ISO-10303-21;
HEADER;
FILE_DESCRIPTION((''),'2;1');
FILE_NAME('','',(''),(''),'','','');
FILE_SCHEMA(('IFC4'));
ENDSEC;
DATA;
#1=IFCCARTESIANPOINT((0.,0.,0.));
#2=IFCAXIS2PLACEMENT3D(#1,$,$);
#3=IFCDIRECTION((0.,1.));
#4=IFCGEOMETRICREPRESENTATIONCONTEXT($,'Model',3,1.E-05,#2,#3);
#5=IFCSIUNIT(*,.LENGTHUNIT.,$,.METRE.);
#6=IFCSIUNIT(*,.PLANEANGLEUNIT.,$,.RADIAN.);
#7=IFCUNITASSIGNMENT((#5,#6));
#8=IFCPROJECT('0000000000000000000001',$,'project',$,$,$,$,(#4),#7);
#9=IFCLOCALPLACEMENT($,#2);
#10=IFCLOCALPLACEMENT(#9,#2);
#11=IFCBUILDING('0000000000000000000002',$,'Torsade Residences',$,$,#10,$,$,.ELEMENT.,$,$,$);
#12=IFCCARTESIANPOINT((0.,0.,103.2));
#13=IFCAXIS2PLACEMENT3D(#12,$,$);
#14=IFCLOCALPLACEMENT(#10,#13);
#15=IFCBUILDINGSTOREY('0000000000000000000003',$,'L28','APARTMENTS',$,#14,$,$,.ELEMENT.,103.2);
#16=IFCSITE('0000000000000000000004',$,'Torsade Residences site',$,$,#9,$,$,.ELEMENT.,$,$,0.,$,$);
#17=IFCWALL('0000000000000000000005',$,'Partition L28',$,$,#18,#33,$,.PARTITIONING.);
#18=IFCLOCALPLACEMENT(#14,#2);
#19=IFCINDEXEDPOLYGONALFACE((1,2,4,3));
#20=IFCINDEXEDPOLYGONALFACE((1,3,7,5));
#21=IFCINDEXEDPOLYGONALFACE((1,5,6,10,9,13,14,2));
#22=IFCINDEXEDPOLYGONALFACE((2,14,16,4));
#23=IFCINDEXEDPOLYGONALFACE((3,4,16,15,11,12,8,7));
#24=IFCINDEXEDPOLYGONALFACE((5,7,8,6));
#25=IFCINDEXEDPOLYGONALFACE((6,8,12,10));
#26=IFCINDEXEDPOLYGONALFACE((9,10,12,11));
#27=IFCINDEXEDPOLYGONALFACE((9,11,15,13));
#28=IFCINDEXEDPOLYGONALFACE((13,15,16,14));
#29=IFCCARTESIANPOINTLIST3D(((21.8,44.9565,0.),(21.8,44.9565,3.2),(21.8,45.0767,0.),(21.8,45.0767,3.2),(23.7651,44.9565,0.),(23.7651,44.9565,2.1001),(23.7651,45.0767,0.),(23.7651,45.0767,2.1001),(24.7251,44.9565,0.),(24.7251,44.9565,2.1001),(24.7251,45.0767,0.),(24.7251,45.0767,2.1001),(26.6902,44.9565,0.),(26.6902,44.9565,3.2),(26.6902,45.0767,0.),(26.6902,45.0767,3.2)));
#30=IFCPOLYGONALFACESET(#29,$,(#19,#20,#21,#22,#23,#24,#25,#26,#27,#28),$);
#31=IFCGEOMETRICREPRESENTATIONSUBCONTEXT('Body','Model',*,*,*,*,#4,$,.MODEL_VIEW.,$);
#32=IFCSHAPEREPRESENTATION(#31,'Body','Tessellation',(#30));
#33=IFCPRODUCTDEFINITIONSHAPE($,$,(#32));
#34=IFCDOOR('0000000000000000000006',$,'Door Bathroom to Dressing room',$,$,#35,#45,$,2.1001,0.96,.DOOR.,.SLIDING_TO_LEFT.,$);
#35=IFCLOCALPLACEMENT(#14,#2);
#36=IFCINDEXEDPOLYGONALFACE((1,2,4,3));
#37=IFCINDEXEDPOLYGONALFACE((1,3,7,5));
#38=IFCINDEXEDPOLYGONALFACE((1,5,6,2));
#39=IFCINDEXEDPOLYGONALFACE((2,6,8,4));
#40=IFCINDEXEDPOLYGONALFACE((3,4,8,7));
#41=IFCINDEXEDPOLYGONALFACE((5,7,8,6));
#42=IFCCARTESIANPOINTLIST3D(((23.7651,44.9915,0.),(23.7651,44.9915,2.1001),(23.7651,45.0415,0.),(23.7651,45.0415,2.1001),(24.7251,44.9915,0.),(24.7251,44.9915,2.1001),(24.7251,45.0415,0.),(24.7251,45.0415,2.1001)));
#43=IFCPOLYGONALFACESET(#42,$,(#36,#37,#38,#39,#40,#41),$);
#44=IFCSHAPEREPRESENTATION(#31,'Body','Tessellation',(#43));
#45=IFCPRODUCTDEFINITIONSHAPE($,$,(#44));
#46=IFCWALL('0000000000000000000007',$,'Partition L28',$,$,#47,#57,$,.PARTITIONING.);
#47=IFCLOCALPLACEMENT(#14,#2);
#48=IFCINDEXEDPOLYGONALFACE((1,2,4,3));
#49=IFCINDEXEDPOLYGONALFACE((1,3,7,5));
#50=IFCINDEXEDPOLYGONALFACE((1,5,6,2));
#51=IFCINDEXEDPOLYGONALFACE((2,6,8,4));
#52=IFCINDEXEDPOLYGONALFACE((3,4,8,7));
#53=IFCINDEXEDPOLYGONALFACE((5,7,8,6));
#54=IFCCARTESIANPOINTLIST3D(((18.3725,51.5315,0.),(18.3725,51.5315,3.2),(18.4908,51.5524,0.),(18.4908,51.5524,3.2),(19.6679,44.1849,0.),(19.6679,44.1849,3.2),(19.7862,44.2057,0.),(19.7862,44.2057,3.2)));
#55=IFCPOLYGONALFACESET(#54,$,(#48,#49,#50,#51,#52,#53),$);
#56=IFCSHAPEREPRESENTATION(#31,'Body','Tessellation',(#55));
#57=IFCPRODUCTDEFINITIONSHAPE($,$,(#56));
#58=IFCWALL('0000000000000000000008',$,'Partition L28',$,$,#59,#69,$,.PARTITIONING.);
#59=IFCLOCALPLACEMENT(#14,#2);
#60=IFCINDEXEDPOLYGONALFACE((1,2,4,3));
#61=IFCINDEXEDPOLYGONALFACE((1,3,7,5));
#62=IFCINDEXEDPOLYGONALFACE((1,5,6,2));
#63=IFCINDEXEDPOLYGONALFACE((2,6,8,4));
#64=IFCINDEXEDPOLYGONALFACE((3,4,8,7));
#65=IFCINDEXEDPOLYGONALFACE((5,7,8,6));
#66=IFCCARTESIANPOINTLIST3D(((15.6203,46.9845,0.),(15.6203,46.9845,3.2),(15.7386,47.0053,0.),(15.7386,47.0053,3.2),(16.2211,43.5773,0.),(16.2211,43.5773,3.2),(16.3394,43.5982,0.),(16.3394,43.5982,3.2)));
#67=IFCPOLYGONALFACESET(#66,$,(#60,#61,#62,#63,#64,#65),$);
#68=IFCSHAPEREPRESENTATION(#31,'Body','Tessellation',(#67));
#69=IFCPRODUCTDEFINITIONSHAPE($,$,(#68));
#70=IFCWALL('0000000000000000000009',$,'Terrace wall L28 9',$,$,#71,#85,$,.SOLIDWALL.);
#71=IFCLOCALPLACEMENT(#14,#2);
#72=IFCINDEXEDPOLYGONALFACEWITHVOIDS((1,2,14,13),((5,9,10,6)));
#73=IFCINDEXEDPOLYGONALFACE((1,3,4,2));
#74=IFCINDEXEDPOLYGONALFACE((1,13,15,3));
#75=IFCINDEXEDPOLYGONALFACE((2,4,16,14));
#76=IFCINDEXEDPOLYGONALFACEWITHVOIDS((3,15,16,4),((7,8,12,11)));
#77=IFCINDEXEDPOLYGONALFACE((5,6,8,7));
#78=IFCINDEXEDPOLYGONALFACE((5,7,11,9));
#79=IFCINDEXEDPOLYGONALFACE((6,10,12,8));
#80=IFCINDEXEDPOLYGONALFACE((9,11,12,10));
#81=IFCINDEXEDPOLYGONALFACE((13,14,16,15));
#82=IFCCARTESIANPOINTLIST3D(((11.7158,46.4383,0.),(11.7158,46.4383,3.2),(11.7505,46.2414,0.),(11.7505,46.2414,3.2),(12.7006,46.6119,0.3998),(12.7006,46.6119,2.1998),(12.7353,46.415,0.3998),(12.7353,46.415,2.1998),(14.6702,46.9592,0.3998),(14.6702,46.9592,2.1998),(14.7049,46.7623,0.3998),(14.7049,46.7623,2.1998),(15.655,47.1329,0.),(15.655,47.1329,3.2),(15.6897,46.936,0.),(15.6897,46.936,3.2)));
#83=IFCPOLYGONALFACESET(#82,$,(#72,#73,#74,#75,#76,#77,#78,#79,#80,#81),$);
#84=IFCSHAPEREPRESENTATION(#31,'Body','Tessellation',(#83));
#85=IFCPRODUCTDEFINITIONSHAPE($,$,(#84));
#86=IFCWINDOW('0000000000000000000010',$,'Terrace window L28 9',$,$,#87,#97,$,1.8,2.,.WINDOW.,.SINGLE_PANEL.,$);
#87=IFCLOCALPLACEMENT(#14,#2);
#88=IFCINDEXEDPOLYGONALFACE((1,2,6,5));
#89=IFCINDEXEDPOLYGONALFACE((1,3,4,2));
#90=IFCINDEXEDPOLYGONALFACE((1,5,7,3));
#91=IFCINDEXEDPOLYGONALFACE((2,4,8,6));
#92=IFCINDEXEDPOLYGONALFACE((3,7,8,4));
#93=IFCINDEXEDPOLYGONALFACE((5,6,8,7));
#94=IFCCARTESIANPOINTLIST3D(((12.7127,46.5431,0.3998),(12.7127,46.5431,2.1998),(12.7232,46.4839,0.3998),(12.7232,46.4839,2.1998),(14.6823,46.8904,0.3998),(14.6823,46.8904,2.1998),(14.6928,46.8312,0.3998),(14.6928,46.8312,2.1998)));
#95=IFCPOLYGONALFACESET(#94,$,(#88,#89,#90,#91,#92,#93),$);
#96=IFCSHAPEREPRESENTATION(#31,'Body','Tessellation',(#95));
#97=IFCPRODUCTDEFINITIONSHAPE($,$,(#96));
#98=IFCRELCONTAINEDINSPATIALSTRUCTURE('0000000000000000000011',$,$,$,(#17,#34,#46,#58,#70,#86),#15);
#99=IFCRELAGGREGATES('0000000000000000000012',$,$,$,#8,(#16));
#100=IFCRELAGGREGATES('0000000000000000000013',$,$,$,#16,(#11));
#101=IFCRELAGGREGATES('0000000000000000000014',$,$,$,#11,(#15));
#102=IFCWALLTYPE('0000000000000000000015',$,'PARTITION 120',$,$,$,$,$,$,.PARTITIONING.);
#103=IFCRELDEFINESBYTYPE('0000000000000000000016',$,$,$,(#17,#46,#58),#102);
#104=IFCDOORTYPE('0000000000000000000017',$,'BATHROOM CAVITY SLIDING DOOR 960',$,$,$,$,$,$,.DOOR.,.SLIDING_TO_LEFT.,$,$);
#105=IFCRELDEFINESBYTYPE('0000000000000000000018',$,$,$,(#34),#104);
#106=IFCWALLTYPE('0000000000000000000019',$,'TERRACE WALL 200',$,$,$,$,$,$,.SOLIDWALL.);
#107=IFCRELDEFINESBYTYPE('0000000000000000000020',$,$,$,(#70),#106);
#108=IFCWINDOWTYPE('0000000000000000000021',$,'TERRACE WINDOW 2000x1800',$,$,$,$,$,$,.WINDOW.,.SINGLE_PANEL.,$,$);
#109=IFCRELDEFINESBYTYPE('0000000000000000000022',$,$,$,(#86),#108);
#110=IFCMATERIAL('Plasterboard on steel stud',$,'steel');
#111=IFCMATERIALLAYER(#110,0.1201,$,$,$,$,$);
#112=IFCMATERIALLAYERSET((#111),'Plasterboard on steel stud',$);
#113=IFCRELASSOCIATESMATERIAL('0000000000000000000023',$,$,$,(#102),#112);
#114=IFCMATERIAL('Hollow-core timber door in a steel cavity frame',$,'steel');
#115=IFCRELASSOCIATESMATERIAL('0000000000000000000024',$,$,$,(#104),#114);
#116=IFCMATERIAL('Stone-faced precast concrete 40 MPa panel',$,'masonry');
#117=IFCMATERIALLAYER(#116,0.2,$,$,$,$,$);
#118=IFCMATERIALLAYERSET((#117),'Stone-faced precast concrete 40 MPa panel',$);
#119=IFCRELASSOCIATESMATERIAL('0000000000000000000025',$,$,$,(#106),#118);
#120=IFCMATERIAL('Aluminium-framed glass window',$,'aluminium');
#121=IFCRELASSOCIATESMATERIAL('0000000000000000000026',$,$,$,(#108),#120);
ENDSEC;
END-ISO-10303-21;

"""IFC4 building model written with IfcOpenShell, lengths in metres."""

from ifc_helpers import new_model, si_unit, direction, frame, frame_2d, origin, place, context, subcontext, project, spatial, rectangle, extrude, material, layer, layer_set, type_object, element, fill, save


model = new_model("IFC4")

# Units and contexts
model_context = context("Model", 3, precision=1e-05, world=origin(), true_north=direction((0.0, 1.0)))
body_context = subcontext(model_context, "Body", "Model", "MODEL_VIEW")
ifc_project = project(units=[si_unit("LENGTHUNIT", "METRE"), si_unit("PLANEANGLEUNIT", "RADIAN")], contexts=[model_context])

# Site, building, storey
site_placement = place(None, origin())
site = spatial("IfcSite", under=ifc_project, at=site_placement, Name="Torsade Residences site", CompositionType="ELEMENT", RefElevation=0.0)
building_placement = place(site_placement, origin())
building = spatial("IfcBuilding", under=site, at=building_placement, Name="Torsade Residences", CompositionType="ELEMENT")
storey_placement = place(building_placement, frame((0.0, 0.0, 103.2)))
storey = spatial("IfcBuildingStorey", under=building, at=storey_placement, Name="L28", Description="APARTMENTS", CompositionType="ELEMENT", Elevation=103.2)

# Shared definitions
ifc_material_1 = material(Name="Plasterboard on steel stud", Category="steel")
ifc_layer_1 = layer(ifc_material_1, 0.1201)
ifc_layer_set_1 = layer_set([ifc_layer_1], Name="Plasterboard on steel stud")
wall_type_1 = type_object("IfcWallType", Name="PARTITION 120", PredefinedType="PARTITIONING", material=ifc_layer_set_1)
ifc_material_2 = material(Name="Hollow-core timber door in a steel cavity frame", Category="steel")
door_type_1 = type_object("IfcDoorType", Name="BATHROOM CAVITY SLIDING DOOR 960", OperationType="SLIDING_TO_LEFT", PredefinedType="DOOR", material=ifc_material_2)

# Wall, opening, door
wall_1_placement = place(storey_placement, frame((21.8, 45.0166, 0.0), z_axis=(0.0, 0.0, 1.0), x_axis=(1.0, 0.0, 0.0)))
wall_1 = element("IfcWall", 1, at=wall_1_placement, inside=storey, type_object=wall_type_1, Name="Partition L28", PredefinedType="PARTITIONING", context=body_context, shape_type="SweptSolid", body=[
    extrude(rectangle(XDim=4.8901, YDim=0.1201, at=frame_2d((2.4451, 0.0))), origin(), (0.0, 0.0, 1.0), 3.2),
])
opening_1_placement = place(wall_1_placement, frame((1.9651, 0.0, 0.0)))
opening_1 = element("IfcOpeningElement", 2, at=opening_1_placement, cuts=wall_1, PredefinedType="OPENING", context=body_context, shape_type="SweptSolid", body=[
    extrude(rectangle(XDim=0.96, YDim=2.1001, at=frame_2d((0.48, 1.05))), frame((0.0, 0.0701, 0.0), z_axis=(0.0, -1.0, 0.0), x_axis=(1.0, 0.0, 0.0)), (0.0, 0.0, 1.0), 0.1401),
])
door_1_placement = place(opening_1_placement, origin())
door_1 = element("IfcDoor", 3, at=door_1_placement, inside=storey, type_object=door_type_1, Name="Door Bathroom to Dressing room", OperationType="SLIDING_TO_LEFT", OverallHeight=2.1001, OverallWidth=0.96, PredefinedType="DOOR", context=body_context, shape_type="SweptSolid", body=[
    extrude(rectangle(XDim=0.96, YDim=2.1001, at=frame_2d((0.48, 1.05))), frame((0.0, 0.0249, 0.0), z_axis=(0.0, -1.0, 0.0), x_axis=(1.0, 0.0, 0.0)), (0.0, 0.0, 1.0), 0.05),
])
fill(opening_1, door_1)

# Walls
wall_2_placement = place(storey_placement, frame((19.7271, 44.1953, 0.0), z_axis=(0.0, 0.0, 1.0), x_axis=(-0.173647, 0.984808, 0.0)))
element("IfcWall", 4, at=wall_2_placement, inside=storey, type_object=wall_type_1, Name="Partition L28", PredefinedType="PARTITIONING", context=body_context, shape_type="SweptSolid", body=[
    extrude(rectangle(XDim=7.46, YDim=0.1201, at=frame_2d((3.73, 0.0))), origin(), (0.0, 0.0, 1.0), 3.2),
])
wall_3_placement = place(storey_placement, frame((16.2803, 43.5876, 0.0), z_axis=(0.0, 0.0, 1.0), x_axis=(-0.173661, 0.984806, 0.0)))
element("IfcWall", 5, at=wall_3_placement, inside=storey, type_object=wall_type_1, Name="Partition L28", PredefinedType="PARTITIONING", context=body_context, shape_type="SweptSolid", body=[
    extrude(rectangle(XDim=3.4597, YDim=0.1201, at=frame_2d((1.73, 0.0))), origin(), (0.0, 0.0, 1.0), 3.2),
])

# Wall, opening, window
ifc_material_3 = material(Name="Stone-faced precast concrete 40 MPa panel", Category="masonry")
ifc_layer_2 = layer(ifc_material_3, 0.2)
ifc_layer_set_2 = layer_set([ifc_layer_2], Name="Stone-faced precast concrete 40 MPa panel")
wall_type_2 = type_object("IfcWallType", Name="TERRACE WALL 200", PredefinedType="SOLIDWALL", material=ifc_layer_set_2)
wall_4_placement = place(storey_placement, frame((15.6724, 47.0344, 0.0), z_axis=(0.0, 0.0, 1.0), x_axis=(-0.984808, -0.173646, 0.0)))
wall_4 = element("IfcWall", 6, at=wall_4_placement, inside=storey, type_object=wall_type_2, Name="Terrace wall L28 9", PredefinedType="SOLIDWALL", context=body_context, shape_type="SweptSolid", body=[
    extrude(rectangle(XDim=4.0, YDim=0.2, at=frame_2d((2.0, 0.0))), origin(), (0.0, 0.0, 1.0), 3.2),
])
opening_2_placement = place(wall_4_placement, frame((1.0, 0.0, 0.3999)))
opening_2 = element("IfcOpeningElement", 7, at=opening_2_placement, cuts=wall_4, PredefinedType="OPENING", context=body_context, shape_type="SweptSolid", body=[
    extrude(rectangle(XDim=2.0, YDim=1.8, at=frame_2d((1.0, 0.8999))), frame((0.0, 0.1099, 0.0), z_axis=(0.0, -1.0, 0.0), x_axis=(1.0, 0.0, 0.0)), (0.0, 0.0, 1.0), 0.22),
])
ifc_material_4 = material(Name="Aluminium-framed glass window", Category="aluminium")
window_type = type_object("IfcWindowType", Name="TERRACE WINDOW 2000x1800", PartitioningType="SINGLE_PANEL", PredefinedType="WINDOW", material=ifc_material_4)
window_placement = place(opening_2_placement, origin())
window = element("IfcWindow", 8, at=window_placement, inside=storey, type_object=window_type, Name="Terrace window L28 9", OverallHeight=1.8, OverallWidth=2.0, PartitioningType="SINGLE_PANEL", PredefinedType="WINDOW", context=body_context, shape_type="SweptSolid", body=[
    extrude(rectangle(XDim=2.0, YDim=1.8, at=frame_2d((1.0, 0.8999))), frame((0.0, 0.03, 0.0), z_axis=(0.0, -1.0, 0.0), x_axis=(1.0, 0.0, 0.0)), (0.0, 0.0, 1.0), 0.0601),
])
fill(opening_2, window)

save(model, "model.ifc")
